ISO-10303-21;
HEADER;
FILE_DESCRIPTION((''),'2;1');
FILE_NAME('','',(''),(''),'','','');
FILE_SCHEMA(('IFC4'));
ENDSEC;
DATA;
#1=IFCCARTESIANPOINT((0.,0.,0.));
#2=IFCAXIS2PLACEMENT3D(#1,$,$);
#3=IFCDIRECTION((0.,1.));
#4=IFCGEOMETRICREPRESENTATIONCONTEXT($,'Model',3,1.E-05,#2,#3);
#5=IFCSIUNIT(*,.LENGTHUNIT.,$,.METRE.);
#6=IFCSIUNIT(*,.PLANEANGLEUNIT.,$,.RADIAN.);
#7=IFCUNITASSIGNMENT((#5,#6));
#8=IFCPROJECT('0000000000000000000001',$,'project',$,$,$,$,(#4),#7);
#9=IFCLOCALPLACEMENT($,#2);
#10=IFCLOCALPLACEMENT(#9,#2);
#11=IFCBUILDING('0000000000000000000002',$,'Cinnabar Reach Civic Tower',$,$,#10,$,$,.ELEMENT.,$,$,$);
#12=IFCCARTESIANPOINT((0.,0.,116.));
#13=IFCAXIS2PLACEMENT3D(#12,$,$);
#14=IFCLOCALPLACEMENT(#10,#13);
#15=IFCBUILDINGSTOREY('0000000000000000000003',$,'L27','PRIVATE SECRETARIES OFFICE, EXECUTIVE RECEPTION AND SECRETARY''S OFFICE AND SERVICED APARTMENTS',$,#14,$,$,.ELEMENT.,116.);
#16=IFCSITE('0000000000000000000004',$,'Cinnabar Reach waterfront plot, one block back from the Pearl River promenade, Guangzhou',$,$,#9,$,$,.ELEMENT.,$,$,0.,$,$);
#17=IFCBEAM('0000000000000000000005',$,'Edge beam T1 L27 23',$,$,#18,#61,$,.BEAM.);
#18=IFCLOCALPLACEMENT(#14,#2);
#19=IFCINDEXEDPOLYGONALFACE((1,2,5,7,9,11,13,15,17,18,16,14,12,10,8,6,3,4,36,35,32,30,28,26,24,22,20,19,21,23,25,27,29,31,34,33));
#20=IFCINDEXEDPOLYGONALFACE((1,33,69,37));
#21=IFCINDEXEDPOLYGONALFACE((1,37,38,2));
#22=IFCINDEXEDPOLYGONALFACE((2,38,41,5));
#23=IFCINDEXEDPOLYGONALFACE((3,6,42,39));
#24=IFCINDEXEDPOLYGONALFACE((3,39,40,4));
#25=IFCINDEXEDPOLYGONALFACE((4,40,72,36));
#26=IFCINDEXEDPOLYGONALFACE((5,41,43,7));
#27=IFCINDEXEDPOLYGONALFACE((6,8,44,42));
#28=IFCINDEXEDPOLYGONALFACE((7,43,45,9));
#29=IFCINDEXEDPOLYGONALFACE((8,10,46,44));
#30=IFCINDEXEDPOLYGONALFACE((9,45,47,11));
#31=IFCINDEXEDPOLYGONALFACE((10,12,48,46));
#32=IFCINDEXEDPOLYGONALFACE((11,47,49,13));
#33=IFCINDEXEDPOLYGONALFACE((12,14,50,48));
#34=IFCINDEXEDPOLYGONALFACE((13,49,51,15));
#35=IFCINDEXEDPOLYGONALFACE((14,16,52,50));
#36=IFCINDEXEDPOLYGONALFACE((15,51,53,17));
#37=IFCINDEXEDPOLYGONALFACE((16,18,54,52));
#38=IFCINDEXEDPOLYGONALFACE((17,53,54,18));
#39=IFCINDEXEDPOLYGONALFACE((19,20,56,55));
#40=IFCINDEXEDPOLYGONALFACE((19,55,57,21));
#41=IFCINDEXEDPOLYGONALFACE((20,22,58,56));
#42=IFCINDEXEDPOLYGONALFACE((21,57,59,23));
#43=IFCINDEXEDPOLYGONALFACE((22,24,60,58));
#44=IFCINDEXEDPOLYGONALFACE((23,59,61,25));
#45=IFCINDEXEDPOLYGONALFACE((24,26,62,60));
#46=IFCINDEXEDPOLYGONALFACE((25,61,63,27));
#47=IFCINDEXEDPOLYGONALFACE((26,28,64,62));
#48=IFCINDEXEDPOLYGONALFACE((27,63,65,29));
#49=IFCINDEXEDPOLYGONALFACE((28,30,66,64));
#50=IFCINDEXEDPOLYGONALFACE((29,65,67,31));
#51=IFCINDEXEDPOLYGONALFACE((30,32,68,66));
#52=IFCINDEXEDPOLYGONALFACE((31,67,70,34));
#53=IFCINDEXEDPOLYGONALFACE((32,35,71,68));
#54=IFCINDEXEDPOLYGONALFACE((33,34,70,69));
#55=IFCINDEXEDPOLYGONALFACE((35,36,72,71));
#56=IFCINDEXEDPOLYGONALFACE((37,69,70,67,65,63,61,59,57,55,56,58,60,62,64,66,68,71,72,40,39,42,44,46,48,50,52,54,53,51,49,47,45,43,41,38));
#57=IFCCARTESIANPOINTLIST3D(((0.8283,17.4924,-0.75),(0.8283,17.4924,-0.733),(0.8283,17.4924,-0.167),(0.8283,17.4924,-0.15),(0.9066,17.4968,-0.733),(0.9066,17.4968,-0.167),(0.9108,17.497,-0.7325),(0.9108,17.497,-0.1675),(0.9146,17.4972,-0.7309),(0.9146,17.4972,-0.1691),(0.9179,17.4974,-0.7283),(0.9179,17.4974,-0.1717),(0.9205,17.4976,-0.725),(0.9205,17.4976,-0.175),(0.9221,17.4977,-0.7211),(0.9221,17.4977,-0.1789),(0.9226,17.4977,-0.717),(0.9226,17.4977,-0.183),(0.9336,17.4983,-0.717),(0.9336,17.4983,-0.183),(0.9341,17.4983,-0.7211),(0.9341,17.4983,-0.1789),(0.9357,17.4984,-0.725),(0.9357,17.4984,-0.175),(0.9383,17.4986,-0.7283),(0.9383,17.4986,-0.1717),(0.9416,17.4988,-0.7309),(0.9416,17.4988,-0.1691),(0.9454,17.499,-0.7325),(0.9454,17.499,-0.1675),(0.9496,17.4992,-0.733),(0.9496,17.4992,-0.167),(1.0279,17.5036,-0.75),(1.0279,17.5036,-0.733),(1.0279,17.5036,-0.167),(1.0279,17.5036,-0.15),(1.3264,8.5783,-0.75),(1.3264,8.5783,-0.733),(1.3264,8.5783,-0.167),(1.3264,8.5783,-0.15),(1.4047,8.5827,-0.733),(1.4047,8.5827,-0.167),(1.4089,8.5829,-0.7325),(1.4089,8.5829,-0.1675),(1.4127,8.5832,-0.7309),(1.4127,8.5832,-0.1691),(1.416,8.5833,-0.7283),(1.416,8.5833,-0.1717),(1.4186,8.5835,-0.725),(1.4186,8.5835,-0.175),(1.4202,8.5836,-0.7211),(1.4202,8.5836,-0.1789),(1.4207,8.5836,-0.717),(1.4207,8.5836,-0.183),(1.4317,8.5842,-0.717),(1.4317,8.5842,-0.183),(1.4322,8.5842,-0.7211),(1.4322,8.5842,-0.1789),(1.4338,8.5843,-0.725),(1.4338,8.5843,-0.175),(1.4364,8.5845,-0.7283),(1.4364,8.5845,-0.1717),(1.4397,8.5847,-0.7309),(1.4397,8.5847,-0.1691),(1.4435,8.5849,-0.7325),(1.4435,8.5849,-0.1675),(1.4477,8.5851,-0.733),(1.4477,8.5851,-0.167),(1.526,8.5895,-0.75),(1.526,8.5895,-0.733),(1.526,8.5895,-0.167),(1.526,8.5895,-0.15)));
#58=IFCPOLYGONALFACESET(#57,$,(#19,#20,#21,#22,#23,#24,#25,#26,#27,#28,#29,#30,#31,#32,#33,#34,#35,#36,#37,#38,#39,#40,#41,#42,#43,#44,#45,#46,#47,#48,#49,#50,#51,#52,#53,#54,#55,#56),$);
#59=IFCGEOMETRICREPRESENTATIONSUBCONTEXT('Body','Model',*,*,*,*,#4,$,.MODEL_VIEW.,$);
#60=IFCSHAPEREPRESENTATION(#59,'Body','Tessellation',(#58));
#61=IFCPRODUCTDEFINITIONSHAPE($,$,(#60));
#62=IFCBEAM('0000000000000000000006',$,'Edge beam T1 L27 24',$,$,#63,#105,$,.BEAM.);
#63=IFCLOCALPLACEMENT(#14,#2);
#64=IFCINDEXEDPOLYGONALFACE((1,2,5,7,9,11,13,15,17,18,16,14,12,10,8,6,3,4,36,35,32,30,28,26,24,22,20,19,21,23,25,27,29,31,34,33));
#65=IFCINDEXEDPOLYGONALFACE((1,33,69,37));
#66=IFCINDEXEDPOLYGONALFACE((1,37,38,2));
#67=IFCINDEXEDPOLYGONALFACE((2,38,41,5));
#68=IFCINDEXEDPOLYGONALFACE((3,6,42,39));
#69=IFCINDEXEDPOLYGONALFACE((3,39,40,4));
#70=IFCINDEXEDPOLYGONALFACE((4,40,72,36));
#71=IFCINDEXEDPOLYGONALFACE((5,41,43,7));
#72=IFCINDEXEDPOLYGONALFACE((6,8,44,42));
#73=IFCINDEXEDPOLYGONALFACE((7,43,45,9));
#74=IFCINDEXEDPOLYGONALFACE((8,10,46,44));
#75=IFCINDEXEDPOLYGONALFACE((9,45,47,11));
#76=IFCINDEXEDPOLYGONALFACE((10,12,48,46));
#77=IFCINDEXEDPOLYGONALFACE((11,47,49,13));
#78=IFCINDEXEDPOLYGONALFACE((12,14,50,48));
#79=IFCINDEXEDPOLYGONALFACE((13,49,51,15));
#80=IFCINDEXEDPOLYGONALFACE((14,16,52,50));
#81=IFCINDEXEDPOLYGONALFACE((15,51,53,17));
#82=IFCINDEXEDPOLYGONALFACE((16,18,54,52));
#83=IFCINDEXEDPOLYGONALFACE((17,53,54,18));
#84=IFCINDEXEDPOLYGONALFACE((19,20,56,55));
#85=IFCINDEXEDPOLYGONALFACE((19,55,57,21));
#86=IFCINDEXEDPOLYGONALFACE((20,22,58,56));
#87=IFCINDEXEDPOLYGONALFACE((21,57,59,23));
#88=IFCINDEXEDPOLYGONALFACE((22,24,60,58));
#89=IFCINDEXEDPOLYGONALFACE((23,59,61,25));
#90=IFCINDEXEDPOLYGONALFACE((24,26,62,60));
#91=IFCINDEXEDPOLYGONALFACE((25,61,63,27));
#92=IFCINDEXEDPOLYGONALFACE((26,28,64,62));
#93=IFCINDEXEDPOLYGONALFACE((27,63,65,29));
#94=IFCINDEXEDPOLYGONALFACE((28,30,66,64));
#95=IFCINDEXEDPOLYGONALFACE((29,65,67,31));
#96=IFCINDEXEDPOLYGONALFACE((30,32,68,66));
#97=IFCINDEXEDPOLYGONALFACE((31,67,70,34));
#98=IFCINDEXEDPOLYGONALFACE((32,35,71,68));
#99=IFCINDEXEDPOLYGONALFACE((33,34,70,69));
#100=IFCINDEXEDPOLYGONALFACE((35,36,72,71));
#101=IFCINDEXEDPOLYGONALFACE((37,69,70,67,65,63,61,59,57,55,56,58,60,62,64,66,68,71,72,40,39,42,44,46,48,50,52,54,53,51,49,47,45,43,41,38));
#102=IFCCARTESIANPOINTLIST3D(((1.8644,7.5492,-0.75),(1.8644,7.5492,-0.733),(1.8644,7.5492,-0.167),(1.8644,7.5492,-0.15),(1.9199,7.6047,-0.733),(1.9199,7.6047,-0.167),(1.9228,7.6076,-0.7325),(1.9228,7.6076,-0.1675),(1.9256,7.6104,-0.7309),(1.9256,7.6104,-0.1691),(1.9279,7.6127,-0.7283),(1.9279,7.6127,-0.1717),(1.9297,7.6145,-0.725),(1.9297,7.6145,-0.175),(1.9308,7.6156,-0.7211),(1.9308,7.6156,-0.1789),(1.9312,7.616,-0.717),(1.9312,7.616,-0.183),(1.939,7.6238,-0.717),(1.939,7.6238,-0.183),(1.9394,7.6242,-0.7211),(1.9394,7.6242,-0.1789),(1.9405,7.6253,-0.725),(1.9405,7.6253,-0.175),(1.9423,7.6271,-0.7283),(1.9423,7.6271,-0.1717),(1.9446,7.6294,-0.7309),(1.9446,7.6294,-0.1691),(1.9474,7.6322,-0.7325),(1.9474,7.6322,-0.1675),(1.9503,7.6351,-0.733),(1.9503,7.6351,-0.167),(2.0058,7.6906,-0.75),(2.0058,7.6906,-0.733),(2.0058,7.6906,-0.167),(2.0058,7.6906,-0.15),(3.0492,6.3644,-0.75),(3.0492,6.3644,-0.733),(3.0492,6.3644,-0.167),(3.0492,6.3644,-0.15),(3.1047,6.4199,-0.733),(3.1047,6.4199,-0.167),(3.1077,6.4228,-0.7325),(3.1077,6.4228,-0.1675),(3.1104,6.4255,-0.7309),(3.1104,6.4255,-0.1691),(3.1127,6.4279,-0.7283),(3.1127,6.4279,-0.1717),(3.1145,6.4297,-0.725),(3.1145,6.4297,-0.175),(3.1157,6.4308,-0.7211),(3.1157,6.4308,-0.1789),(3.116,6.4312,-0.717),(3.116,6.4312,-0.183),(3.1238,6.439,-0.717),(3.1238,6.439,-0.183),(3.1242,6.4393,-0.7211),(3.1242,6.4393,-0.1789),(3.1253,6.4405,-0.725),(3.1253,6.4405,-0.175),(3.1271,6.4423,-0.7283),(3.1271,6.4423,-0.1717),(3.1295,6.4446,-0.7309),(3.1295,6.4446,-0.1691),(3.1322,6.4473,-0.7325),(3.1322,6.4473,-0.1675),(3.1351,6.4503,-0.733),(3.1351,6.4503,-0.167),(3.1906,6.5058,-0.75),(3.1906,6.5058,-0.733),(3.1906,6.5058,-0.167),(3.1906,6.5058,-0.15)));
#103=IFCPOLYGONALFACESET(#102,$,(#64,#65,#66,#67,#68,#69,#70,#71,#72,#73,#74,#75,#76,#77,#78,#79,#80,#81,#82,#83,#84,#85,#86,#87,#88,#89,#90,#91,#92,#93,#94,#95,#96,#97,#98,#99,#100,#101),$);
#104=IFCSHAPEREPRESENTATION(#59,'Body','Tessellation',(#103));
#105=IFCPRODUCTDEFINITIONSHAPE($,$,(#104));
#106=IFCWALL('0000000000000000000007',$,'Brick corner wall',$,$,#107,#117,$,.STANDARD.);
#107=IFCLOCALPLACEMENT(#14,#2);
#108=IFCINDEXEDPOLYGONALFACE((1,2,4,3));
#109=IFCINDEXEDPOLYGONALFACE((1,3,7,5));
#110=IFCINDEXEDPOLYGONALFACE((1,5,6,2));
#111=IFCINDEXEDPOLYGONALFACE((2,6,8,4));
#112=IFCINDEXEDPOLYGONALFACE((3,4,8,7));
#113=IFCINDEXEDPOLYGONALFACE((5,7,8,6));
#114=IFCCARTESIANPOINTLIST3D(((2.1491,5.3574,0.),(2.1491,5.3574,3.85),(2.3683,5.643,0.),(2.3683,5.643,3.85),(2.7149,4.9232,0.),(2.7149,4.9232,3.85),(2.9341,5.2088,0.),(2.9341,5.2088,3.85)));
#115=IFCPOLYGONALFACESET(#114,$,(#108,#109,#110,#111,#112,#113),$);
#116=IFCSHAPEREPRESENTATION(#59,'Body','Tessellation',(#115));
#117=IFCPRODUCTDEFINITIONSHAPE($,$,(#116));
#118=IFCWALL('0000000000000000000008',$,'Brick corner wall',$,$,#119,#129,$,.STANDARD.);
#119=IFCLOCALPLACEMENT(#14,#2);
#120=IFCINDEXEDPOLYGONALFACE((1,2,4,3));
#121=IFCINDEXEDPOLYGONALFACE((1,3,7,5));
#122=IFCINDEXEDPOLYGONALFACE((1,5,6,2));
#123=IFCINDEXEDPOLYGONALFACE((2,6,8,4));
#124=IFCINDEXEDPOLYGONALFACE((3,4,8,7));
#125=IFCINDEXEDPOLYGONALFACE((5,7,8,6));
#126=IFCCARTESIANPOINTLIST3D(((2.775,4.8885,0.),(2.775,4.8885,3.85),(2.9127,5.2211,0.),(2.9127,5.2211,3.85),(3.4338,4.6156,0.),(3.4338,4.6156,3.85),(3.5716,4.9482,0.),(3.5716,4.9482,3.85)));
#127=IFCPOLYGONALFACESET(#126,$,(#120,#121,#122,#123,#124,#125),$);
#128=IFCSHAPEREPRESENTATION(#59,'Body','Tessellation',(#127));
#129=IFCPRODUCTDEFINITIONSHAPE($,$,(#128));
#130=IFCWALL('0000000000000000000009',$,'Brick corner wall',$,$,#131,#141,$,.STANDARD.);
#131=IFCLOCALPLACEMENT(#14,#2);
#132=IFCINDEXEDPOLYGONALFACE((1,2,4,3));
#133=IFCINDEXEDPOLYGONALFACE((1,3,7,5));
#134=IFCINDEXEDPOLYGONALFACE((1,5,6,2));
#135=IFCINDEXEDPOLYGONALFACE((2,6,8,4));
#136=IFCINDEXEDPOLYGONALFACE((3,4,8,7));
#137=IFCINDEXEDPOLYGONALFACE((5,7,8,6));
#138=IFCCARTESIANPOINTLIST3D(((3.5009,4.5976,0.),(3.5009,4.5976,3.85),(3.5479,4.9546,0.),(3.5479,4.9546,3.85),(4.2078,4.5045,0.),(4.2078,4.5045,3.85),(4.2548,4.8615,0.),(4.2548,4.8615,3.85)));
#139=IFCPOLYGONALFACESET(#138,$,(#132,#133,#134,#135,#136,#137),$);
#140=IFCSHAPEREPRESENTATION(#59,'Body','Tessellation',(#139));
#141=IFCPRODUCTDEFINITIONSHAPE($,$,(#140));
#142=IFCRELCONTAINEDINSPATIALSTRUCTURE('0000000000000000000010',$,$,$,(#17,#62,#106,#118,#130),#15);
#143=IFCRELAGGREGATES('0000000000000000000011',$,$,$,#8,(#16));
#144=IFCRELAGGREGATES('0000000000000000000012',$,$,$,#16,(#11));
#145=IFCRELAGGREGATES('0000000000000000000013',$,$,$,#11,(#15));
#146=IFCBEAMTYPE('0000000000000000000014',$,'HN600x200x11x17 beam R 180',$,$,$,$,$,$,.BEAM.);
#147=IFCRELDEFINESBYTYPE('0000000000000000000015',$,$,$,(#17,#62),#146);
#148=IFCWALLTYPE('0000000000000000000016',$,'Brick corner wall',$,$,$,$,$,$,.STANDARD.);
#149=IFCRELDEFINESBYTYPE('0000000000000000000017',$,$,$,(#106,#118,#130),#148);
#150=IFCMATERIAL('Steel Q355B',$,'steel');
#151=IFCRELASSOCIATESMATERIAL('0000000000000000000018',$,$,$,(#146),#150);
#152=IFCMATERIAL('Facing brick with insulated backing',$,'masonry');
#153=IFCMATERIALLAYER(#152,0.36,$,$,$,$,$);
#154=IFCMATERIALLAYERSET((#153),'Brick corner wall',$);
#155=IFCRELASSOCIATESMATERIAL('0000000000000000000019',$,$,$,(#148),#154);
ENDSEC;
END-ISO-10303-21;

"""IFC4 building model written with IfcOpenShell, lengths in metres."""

from ifc_helpers import new_model, si_unit, direction, frame, frame_2d, origin, origin_2d, place, context, subcontext, project, spatial, rectangle, i_section, extrude, material, layer, layer_set, material_profile, profile_set, type_object, element, save


model = new_model("IFC4")

# Units and contexts
model_context = context("Model", 3, precision=1e-05, world=origin(), true_north=direction((0.0, 1.0)))
body_context = subcontext(model_context, "Body", "Model", "MODEL_VIEW")
ifc_project = project(units=[si_unit("LENGTHUNIT", "METRE"), si_unit("PLANEANGLEUNIT", "RADIAN")], contexts=[model_context])

# Site, building, storey
site_placement = place(None, origin())
site = spatial("IfcSite", under=ifc_project, at=site_placement, Name="Cinnabar Reach waterfront plot, one block back from the Pearl River promenade, Guangzhou", CompositionType="ELEMENT", RefElevation=0.0)
building_placement = place(site_placement, origin())
building = spatial("IfcBuilding", under=site, at=building_placement, Name="Cinnabar Reach Civic Tower", CompositionType="ELEMENT")
storey_placement = place(building_placement, frame((0.0, 0.0, 116.0)))
storey = spatial("IfcBuildingStorey", under=building, at=storey_placement, Name="L27", Description="PRIVATE SECRETARIES OFFICE, EXECUTIVE RECEPTION AND SECRETARY'S OFFICE AND SERVICED APARTMENTS", CompositionType="ELEMENT", Elevation=116.0)

# Beams
ifc_material_1 = material(Name="Steel Q355B", Category="steel")
ifc_material_profile_1 = material_profile(ifc_material_1, i_section(OverallWidth=0.2, OverallDepth=0.6, WebThickness=0.011, FlangeThickness=0.017, FilletRadius=0.016, at=origin_2d()), Name="HN600x200x11x17")
ifc_profile_set_1 = profile_set([ifc_material_profile_1], Name="Steel Q355B")
beam_type_1 = type_object("IfcBeamType", Name="HN600x200x11x17 beam R 180", PredefinedType="BEAM", material=ifc_profile_set_1)
beam_1_placement = place(storey_placement, frame((0.9281, 17.498, -0.45), z_axis=(0.055791, -0.998442, 0.0), x_axis=(0.998442, 0.055791, 0.0)))
element("IfcBeam", 1, at=beam_1_placement, inside=storey, type_object=beam_type_1, Name="Edge beam T1 L27 23", PredefinedType="BEAM", context=body_context, shape_type="SweptSolid", body=[
    extrude(i_section(OverallWidth=0.2, OverallDepth=0.6, WebThickness=0.011, FlangeThickness=0.017, FilletRadius=0.016, at=origin_2d()), origin(), (0.0, 0.0, 1.0), 8.928),
])
beam_2_placement = place(storey_placement, frame((1.9351, 7.6199, -0.45), z_axis=(0.707107, -0.707107, 0.0), x_axis=(0.707107, 0.707107, 0.0)))
element("IfcBeam", 2, at=beam_2_placement, inside=storey, type_object=beam_type_1, Name="Edge beam T1 L27 24", PredefinedType="BEAM", context=body_context, shape_type="SweptSolid", body=[
    extrude(i_section(OverallWidth=0.2, OverallDepth=0.6, WebThickness=0.011, FlangeThickness=0.017, FilletRadius=0.016, at=origin_2d()), origin(), (0.0, 0.0, 1.0), 1.6756),
])

# Walls
ifc_material_2 = material(Name="Facing brick with insulated backing", Category="masonry")
ifc_layer_1 = layer(ifc_material_2, 0.36)
ifc_layer_set_1 = layer_set([ifc_layer_1], Name="Brick corner wall")
wall_type_1 = type_object("IfcWallType", Name="Brick corner wall", PredefinedType="STANDARD", material=ifc_layer_set_1)
wall_1_placement = place(storey_placement, frame((2.2587, 5.5002, 0.0), z_axis=(0.0, 0.0, 1.0), x_axis=(0.793322, -0.608802, 0.0)))
element("IfcWall", 3, at=wall_1_placement, inside=storey, type_object=wall_type_1, Name="Brick corner wall", PredefinedType="STANDARD", context=body_context, shape_type="SweptSolid", body=[
    extrude(rectangle(XDim=0.7132, YDim=0.36, at=frame_2d((0.3566, 0.0))), origin(), (0.0, 0.0, 1.0), 3.85),
])
for number, where, z_axis, x_axis, name in (
    (4, (2.8439, 5.0548, 0.0), (0.0, 0.0, 1.0), (0.923872, -0.382703, 0.0), "Brick corner wall"),
    (5, (3.5244, 4.7761, 0.0), (0.0, 0.0, 1.0), (0.991441, -0.130556, 0.0), "Brick corner wall"),
):
    element("IfcWall", number, at=place(storey_placement, frame(where, z_axis=z_axis, x_axis=x_axis)), inside=storey, type_object=wall_type_1, Name=name, PredefinedType="STANDARD", context=body_context, shape_type="SweptSolid", body=[
        extrude(rectangle(XDim=0.7131, YDim=0.36, at=frame_2d((0.3565, 0.0))), origin(), (0.0, 0.0, 1.0), 3.85),
    ])

save(model, "model.ifc")
